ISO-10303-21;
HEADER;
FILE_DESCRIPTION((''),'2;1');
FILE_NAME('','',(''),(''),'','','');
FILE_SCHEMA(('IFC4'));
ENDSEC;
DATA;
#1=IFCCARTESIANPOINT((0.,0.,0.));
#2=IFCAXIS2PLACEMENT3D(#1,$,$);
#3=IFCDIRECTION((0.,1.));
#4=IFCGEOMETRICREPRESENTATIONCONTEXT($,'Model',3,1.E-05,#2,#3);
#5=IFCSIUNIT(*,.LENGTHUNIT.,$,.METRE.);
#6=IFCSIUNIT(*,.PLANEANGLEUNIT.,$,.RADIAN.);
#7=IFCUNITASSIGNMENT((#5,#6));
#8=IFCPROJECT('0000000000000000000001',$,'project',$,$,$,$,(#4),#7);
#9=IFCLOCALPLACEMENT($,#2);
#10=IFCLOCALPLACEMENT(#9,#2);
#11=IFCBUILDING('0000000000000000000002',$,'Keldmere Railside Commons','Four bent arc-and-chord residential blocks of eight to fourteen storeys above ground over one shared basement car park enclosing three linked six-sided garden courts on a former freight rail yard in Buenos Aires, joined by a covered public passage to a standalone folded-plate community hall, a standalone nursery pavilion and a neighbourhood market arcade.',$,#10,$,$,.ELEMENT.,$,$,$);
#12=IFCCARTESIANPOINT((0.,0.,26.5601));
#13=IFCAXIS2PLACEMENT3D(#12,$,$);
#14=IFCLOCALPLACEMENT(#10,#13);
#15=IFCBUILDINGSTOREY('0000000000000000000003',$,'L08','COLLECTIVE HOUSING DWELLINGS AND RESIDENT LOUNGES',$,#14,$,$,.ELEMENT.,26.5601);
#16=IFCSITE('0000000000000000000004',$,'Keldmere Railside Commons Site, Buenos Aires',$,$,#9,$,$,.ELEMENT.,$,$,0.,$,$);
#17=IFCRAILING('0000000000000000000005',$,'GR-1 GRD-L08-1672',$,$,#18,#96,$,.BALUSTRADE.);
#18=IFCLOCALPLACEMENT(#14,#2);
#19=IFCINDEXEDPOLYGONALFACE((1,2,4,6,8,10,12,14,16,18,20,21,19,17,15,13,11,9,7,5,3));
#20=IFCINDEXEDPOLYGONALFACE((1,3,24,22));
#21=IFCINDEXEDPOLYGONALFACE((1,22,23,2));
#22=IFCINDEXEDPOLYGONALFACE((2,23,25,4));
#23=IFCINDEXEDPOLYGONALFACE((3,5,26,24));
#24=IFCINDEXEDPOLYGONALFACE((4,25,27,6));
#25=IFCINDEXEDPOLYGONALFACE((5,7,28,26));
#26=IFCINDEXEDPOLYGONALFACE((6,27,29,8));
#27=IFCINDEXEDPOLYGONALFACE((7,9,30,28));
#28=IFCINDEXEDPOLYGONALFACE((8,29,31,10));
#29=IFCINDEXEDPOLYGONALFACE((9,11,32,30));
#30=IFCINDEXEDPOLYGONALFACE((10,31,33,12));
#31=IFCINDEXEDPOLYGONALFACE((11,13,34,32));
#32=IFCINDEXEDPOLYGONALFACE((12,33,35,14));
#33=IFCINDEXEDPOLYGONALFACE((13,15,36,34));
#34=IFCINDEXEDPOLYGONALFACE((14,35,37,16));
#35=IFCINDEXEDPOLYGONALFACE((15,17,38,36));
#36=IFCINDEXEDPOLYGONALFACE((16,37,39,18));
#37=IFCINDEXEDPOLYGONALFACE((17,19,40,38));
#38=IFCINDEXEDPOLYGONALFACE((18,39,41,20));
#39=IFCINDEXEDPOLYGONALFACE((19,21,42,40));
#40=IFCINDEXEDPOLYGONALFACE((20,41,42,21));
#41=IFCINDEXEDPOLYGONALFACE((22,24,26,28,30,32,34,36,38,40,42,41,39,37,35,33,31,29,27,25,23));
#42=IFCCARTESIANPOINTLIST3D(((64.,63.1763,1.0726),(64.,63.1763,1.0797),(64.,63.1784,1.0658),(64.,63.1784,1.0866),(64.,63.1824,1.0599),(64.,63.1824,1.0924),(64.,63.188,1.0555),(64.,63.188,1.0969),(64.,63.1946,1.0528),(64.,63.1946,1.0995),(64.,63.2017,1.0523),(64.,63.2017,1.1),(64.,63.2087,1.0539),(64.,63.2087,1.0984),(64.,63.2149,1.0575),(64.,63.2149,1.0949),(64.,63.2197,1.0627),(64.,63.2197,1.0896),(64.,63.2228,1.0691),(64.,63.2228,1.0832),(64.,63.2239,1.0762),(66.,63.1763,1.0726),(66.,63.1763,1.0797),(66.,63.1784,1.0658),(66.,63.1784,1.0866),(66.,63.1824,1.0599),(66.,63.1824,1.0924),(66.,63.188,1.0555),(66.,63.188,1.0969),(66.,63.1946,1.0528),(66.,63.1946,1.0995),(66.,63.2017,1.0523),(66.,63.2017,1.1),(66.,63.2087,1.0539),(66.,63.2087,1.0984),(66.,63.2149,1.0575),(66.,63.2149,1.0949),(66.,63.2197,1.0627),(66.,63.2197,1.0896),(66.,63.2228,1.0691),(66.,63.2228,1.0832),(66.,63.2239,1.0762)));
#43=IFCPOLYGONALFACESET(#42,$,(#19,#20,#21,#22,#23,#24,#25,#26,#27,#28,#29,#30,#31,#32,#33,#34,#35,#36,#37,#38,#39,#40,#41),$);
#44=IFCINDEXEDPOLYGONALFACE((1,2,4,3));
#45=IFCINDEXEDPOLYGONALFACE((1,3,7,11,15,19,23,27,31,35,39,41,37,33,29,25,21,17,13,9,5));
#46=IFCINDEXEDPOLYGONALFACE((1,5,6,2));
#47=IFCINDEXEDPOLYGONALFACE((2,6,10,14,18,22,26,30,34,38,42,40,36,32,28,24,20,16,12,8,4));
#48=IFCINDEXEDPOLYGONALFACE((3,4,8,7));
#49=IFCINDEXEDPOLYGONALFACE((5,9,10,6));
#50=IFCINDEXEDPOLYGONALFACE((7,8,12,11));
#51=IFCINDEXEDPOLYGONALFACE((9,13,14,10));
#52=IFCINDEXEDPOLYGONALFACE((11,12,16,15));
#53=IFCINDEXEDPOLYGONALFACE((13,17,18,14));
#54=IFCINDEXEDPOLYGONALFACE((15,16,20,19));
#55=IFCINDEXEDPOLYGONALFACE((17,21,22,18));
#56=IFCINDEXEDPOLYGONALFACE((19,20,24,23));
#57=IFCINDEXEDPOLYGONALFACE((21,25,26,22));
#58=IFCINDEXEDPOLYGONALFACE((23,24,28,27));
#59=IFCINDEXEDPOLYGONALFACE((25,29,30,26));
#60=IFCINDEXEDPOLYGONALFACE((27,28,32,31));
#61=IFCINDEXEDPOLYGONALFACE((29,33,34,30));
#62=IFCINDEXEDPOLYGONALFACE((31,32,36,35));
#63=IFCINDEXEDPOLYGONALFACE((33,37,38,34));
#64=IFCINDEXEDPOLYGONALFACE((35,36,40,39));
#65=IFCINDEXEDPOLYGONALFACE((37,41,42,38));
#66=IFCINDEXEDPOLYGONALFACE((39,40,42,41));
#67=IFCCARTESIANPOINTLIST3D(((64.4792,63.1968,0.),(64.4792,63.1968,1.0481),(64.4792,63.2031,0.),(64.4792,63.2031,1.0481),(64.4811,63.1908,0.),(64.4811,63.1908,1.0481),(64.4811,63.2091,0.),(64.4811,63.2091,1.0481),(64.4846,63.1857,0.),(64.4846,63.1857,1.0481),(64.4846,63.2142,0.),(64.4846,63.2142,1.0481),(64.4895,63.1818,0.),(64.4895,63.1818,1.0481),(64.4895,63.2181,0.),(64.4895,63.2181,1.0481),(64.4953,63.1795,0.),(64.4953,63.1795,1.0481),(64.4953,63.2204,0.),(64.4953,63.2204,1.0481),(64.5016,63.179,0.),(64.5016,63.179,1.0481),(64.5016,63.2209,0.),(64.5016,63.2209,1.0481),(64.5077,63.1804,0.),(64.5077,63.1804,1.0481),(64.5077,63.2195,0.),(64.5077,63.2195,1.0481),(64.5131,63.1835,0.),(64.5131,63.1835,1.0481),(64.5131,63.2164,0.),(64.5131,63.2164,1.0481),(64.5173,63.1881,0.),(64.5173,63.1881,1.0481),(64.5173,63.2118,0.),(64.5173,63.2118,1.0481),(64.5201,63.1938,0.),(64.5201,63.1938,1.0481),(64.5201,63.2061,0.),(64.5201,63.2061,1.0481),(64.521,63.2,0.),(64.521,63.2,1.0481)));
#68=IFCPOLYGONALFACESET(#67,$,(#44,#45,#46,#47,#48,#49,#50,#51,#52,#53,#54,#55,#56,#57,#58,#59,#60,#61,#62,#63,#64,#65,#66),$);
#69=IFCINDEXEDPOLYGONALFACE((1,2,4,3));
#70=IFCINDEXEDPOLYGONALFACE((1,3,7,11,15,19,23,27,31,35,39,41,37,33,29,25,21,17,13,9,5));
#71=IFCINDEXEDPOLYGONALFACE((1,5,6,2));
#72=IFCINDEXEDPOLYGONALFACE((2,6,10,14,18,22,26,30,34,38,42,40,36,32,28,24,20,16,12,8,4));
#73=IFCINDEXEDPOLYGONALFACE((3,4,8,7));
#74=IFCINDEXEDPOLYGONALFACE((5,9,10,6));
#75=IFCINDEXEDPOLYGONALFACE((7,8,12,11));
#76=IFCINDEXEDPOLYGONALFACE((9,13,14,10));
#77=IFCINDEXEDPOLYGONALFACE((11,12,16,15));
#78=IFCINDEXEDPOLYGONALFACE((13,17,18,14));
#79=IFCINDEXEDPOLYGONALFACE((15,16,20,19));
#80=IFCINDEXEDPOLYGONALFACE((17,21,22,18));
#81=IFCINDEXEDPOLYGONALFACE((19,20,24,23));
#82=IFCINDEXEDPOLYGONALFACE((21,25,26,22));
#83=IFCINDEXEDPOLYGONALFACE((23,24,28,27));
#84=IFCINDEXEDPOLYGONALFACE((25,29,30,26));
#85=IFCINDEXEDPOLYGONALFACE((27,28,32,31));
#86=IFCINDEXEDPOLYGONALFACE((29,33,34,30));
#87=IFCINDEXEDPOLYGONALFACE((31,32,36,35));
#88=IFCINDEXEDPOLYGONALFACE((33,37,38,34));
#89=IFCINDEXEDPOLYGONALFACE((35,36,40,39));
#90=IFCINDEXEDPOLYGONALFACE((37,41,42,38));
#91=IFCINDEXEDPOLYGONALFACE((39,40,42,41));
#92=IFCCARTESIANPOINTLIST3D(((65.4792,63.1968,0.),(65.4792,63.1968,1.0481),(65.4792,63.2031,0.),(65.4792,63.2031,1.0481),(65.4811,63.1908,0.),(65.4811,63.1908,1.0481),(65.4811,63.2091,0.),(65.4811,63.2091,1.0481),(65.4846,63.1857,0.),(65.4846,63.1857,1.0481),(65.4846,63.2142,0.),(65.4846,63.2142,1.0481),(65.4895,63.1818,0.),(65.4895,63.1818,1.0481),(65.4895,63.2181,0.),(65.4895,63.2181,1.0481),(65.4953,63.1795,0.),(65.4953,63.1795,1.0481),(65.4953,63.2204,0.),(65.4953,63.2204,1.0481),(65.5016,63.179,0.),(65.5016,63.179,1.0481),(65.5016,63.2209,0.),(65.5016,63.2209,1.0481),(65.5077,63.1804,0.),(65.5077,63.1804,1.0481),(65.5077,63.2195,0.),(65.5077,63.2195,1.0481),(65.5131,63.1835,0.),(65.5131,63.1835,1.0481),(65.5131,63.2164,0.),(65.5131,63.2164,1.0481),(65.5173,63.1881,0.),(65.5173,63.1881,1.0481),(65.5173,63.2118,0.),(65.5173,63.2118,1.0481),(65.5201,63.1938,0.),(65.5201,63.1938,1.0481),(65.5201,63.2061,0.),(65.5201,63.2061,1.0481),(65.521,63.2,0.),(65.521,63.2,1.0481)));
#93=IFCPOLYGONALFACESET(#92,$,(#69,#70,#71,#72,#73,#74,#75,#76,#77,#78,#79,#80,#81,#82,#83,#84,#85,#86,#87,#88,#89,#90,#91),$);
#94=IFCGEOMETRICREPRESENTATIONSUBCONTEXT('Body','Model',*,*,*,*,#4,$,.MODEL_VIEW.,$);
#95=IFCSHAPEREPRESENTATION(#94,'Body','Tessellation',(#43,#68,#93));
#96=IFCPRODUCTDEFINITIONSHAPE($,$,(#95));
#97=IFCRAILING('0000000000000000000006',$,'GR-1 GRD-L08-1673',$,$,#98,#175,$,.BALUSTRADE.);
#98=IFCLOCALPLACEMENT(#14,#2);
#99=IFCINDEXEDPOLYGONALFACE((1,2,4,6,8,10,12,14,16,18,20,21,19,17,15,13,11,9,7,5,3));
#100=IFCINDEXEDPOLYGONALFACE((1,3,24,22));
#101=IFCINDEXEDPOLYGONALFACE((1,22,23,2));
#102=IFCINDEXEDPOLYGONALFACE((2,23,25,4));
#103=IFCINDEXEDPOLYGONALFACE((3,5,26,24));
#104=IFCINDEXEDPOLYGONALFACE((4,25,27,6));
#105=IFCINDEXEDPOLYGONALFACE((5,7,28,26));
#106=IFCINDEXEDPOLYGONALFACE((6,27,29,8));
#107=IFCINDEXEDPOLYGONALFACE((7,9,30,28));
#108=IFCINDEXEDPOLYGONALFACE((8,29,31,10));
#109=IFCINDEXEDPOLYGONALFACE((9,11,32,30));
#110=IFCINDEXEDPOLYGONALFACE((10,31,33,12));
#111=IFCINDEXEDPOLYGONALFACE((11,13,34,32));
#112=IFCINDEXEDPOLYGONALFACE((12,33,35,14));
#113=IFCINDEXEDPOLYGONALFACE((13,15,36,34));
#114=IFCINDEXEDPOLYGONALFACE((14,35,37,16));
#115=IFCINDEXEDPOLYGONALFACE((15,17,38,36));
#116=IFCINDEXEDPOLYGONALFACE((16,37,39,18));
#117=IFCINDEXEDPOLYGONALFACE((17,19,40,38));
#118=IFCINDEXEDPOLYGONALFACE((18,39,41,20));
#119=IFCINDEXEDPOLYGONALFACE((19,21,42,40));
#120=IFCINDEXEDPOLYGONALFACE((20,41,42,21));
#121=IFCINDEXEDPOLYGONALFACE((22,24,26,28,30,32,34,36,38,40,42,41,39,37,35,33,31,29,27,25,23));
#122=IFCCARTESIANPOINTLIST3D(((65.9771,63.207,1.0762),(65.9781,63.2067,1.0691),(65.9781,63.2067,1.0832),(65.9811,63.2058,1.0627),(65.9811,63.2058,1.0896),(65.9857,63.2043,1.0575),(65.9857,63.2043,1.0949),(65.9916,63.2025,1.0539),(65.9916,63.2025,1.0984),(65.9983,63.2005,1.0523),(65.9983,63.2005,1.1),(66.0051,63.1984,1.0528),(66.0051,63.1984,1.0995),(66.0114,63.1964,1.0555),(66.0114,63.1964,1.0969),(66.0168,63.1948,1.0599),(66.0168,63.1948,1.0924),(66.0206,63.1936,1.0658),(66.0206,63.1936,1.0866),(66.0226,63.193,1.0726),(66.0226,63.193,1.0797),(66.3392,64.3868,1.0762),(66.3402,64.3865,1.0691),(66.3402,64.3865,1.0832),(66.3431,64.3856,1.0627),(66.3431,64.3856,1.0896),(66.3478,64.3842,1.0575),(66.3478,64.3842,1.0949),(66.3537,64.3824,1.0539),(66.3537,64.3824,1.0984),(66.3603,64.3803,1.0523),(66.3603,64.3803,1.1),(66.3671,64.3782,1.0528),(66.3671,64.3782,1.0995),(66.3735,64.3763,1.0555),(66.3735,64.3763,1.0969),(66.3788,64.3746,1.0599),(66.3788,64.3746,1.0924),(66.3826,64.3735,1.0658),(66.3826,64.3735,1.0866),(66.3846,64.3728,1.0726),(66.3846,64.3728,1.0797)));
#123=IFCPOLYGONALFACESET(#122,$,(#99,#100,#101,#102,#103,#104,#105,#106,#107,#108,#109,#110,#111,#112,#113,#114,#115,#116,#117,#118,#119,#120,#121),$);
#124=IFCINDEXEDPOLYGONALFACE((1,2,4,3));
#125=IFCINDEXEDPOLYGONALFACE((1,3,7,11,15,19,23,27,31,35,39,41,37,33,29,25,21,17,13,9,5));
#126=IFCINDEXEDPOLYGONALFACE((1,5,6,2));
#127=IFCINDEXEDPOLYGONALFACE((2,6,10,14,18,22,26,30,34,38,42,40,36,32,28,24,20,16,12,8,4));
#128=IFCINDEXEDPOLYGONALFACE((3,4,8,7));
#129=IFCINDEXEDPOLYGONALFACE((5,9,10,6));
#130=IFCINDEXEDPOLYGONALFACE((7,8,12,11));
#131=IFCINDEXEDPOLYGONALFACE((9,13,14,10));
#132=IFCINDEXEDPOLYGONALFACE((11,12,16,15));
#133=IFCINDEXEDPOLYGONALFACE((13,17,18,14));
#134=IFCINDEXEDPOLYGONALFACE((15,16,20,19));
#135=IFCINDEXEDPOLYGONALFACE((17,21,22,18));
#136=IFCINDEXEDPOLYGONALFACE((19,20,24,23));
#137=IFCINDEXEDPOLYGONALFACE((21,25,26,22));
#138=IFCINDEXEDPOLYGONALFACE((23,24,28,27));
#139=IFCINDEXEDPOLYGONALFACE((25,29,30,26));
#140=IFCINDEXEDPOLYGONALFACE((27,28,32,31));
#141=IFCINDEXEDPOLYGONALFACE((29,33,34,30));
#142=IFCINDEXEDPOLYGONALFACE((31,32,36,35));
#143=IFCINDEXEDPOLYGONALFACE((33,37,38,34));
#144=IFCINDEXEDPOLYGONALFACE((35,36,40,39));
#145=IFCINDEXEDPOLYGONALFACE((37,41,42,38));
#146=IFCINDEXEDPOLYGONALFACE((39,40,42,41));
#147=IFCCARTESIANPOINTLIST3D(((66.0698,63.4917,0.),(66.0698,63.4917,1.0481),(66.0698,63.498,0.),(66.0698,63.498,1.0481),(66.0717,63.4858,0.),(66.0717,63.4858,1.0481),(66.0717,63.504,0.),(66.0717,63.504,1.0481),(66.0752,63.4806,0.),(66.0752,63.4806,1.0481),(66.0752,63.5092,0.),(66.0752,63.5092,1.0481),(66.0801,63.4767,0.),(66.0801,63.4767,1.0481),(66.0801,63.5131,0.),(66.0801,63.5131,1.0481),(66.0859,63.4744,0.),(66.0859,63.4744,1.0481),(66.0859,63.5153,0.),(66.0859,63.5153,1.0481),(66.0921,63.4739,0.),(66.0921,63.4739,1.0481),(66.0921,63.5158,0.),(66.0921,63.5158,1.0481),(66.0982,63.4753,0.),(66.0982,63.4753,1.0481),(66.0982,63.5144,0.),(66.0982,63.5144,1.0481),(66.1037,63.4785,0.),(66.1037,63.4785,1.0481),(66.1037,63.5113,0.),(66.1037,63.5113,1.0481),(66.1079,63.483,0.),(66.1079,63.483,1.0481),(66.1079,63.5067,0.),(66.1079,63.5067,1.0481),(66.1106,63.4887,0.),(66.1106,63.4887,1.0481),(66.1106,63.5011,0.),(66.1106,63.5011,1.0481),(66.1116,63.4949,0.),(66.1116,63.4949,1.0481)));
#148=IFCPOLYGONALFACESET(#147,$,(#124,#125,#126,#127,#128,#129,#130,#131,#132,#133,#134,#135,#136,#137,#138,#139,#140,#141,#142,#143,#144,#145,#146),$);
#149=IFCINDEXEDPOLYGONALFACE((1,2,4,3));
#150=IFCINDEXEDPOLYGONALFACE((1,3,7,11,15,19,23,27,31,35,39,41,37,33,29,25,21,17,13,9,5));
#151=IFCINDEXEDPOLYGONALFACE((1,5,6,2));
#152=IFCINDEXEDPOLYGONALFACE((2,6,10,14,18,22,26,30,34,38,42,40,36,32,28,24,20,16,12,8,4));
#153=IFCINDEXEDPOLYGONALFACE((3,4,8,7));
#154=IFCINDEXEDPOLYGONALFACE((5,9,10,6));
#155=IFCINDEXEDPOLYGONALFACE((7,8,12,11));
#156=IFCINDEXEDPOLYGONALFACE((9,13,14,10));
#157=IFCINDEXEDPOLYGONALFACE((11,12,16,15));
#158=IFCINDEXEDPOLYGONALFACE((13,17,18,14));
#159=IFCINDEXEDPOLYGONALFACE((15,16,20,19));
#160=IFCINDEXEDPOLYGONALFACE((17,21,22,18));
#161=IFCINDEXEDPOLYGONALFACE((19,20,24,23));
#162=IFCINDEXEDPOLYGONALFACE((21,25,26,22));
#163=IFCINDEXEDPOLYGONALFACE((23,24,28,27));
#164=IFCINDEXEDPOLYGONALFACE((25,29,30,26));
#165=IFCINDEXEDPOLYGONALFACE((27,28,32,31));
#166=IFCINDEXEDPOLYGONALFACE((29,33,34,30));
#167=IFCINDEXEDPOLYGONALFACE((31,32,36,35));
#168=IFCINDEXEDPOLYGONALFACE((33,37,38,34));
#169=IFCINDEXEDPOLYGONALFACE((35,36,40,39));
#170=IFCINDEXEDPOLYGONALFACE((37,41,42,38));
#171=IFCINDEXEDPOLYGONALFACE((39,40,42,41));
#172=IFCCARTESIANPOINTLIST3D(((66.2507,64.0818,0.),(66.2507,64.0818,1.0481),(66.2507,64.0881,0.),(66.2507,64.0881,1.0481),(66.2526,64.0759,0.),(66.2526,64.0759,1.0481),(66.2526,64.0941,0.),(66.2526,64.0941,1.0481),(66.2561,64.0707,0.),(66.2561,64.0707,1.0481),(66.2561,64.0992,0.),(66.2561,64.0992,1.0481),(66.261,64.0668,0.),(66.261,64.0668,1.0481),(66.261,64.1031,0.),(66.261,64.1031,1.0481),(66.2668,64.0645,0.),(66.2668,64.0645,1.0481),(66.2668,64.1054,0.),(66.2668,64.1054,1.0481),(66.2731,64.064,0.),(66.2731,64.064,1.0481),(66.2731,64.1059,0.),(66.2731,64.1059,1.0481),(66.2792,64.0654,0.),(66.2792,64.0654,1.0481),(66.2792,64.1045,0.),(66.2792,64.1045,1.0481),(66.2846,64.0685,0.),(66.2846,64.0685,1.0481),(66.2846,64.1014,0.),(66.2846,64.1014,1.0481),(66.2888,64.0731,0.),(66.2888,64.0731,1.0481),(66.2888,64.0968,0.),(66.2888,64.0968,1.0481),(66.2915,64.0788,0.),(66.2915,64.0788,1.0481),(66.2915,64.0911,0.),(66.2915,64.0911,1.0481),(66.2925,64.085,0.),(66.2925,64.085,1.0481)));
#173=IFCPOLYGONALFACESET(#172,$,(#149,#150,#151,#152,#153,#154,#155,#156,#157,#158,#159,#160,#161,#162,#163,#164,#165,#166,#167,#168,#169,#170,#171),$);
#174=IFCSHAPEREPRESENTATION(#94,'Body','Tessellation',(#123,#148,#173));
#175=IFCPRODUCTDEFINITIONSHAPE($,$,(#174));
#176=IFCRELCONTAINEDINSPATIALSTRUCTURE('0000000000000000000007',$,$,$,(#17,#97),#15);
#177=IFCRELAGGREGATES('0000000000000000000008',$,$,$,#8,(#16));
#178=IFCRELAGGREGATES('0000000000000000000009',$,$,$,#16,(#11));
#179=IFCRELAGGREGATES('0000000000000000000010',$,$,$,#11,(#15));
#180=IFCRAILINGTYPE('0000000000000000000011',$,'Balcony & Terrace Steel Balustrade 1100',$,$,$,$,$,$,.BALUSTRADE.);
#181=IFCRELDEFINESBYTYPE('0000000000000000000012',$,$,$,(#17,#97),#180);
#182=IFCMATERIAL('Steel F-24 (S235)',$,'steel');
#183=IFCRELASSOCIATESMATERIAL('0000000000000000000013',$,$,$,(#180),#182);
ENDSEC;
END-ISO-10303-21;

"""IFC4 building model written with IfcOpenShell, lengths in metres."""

from ifc_helpers import new_model, si_unit, direction, frame, origin, origin_2d, place, context, subcontext, project, spatial, circle, extrude, material, type_object, element, save


model = new_model("IFC4")

# Units and contexts
model_context = context("Model", 3, precision=1e-05, world=origin(), true_north=direction((0.0, 1.0)))
body_context = subcontext(model_context, "Body", "Model", "MODEL_VIEW")
ifc_project = project(units=[si_unit("LENGTHUNIT", "METRE"), si_unit("PLANEANGLEUNIT", "RADIAN")], contexts=[model_context])

# Site, building, storey
site_placement = place(None, origin())
site = spatial("IfcSite", under=ifc_project, at=site_placement, Name="Keldmere Railside Commons Site, Buenos Aires", CompositionType="ELEMENT", RefElevation=0.0)
building_placement = place(site_placement, origin())
building = spatial("IfcBuilding", under=site, at=building_placement, Name="Keldmere Railside Commons", Description="Four bent arc-and-chord residential blocks of eight to fourteen storeys above ground over one shared basement car park enclosing three linked six-sided garden courts on a former freight rail yard in Buenos Aires, joined by a covered public passage to a standalone folded-plate community hall, a standalone nursery pavilion and a neighbourhood market arcade.", CompositionType="ELEMENT")
storey_placement = place(building_placement, frame((0.0, 0.0, 26.5601)))
storey = spatial("IfcBuildingStorey", under=building, at=storey_placement, Name="L08", Description="COLLECTIVE HOUSING DWELLINGS AND RESIDENT LOUNGES", CompositionType="ELEMENT", Elevation=26.5601)

# Railings
ifc_material_1 = material(Name="Steel F-24 (S235)", Category="steel")
railing_type = type_object("IfcRailingType", Name="Balcony & Terrace Steel Balustrade 1100", PredefinedType="BALUSTRADE", material=ifc_material_1)
railing_1_placement = place(storey_placement, frame((64.0, 63.2, 0.0)))
element("IfcRailing", 1, at=railing_1_placement, inside=storey, type_object=railing_type, Name="GR-1 GRD-L08-1672", PredefinedType="BALUSTRADE", context=body_context, shape_type="SweptSolid", body=[
    extrude(circle(Radius=0.0239, at=origin_2d()), frame((0.0, 0.0, 1.0762), z_axis=(1.0, 0.0, 0.0), x_axis=(0.0, 1.0, 0.0)), (0.0, 0.0, 1.0), 2.0),
    extrude(circle(Radius=0.021, at=origin_2d()), frame((0.5, 0.0, 0.0)), (0.0, 0.0, 1.0), 1.0481),
    extrude(circle(Radius=0.021, at=origin_2d()), frame((1.5, 0.0, 0.0)), (0.0, 0.0, 1.0), 1.0481),
])
railing_2_placement = place(storey_placement, frame((66.0, 63.2, 0.0)))
element("IfcRailing", 2, at=railing_2_placement, inside=storey, type_object=railing_type, Name="GR-1 GRD-L08-1673", PredefinedType="BALUSTRADE", context=body_context, shape_type="SweptSolid", body=[
    extrude(circle(Radius=0.0239, at=origin_2d()), frame((0.0, 0.0, 1.0762), z_axis=(0.293349, 0.956005, 0.0), x_axis=(-0.956005, 0.293349, 0.0)), (0.0, 0.0, 1.0), 1.2341),
    extrude(circle(Radius=0.021, at=origin_2d()), frame((0.0906, 0.2949, 0.0)), (0.0, 0.0, 1.0), 1.0481),
    extrude(circle(Radius=0.021, at=origin_2d()), frame((0.2715, 0.885, 0.0)), (0.0, 0.0, 1.0), 1.0481),
])

save(model, "model.ifc")
